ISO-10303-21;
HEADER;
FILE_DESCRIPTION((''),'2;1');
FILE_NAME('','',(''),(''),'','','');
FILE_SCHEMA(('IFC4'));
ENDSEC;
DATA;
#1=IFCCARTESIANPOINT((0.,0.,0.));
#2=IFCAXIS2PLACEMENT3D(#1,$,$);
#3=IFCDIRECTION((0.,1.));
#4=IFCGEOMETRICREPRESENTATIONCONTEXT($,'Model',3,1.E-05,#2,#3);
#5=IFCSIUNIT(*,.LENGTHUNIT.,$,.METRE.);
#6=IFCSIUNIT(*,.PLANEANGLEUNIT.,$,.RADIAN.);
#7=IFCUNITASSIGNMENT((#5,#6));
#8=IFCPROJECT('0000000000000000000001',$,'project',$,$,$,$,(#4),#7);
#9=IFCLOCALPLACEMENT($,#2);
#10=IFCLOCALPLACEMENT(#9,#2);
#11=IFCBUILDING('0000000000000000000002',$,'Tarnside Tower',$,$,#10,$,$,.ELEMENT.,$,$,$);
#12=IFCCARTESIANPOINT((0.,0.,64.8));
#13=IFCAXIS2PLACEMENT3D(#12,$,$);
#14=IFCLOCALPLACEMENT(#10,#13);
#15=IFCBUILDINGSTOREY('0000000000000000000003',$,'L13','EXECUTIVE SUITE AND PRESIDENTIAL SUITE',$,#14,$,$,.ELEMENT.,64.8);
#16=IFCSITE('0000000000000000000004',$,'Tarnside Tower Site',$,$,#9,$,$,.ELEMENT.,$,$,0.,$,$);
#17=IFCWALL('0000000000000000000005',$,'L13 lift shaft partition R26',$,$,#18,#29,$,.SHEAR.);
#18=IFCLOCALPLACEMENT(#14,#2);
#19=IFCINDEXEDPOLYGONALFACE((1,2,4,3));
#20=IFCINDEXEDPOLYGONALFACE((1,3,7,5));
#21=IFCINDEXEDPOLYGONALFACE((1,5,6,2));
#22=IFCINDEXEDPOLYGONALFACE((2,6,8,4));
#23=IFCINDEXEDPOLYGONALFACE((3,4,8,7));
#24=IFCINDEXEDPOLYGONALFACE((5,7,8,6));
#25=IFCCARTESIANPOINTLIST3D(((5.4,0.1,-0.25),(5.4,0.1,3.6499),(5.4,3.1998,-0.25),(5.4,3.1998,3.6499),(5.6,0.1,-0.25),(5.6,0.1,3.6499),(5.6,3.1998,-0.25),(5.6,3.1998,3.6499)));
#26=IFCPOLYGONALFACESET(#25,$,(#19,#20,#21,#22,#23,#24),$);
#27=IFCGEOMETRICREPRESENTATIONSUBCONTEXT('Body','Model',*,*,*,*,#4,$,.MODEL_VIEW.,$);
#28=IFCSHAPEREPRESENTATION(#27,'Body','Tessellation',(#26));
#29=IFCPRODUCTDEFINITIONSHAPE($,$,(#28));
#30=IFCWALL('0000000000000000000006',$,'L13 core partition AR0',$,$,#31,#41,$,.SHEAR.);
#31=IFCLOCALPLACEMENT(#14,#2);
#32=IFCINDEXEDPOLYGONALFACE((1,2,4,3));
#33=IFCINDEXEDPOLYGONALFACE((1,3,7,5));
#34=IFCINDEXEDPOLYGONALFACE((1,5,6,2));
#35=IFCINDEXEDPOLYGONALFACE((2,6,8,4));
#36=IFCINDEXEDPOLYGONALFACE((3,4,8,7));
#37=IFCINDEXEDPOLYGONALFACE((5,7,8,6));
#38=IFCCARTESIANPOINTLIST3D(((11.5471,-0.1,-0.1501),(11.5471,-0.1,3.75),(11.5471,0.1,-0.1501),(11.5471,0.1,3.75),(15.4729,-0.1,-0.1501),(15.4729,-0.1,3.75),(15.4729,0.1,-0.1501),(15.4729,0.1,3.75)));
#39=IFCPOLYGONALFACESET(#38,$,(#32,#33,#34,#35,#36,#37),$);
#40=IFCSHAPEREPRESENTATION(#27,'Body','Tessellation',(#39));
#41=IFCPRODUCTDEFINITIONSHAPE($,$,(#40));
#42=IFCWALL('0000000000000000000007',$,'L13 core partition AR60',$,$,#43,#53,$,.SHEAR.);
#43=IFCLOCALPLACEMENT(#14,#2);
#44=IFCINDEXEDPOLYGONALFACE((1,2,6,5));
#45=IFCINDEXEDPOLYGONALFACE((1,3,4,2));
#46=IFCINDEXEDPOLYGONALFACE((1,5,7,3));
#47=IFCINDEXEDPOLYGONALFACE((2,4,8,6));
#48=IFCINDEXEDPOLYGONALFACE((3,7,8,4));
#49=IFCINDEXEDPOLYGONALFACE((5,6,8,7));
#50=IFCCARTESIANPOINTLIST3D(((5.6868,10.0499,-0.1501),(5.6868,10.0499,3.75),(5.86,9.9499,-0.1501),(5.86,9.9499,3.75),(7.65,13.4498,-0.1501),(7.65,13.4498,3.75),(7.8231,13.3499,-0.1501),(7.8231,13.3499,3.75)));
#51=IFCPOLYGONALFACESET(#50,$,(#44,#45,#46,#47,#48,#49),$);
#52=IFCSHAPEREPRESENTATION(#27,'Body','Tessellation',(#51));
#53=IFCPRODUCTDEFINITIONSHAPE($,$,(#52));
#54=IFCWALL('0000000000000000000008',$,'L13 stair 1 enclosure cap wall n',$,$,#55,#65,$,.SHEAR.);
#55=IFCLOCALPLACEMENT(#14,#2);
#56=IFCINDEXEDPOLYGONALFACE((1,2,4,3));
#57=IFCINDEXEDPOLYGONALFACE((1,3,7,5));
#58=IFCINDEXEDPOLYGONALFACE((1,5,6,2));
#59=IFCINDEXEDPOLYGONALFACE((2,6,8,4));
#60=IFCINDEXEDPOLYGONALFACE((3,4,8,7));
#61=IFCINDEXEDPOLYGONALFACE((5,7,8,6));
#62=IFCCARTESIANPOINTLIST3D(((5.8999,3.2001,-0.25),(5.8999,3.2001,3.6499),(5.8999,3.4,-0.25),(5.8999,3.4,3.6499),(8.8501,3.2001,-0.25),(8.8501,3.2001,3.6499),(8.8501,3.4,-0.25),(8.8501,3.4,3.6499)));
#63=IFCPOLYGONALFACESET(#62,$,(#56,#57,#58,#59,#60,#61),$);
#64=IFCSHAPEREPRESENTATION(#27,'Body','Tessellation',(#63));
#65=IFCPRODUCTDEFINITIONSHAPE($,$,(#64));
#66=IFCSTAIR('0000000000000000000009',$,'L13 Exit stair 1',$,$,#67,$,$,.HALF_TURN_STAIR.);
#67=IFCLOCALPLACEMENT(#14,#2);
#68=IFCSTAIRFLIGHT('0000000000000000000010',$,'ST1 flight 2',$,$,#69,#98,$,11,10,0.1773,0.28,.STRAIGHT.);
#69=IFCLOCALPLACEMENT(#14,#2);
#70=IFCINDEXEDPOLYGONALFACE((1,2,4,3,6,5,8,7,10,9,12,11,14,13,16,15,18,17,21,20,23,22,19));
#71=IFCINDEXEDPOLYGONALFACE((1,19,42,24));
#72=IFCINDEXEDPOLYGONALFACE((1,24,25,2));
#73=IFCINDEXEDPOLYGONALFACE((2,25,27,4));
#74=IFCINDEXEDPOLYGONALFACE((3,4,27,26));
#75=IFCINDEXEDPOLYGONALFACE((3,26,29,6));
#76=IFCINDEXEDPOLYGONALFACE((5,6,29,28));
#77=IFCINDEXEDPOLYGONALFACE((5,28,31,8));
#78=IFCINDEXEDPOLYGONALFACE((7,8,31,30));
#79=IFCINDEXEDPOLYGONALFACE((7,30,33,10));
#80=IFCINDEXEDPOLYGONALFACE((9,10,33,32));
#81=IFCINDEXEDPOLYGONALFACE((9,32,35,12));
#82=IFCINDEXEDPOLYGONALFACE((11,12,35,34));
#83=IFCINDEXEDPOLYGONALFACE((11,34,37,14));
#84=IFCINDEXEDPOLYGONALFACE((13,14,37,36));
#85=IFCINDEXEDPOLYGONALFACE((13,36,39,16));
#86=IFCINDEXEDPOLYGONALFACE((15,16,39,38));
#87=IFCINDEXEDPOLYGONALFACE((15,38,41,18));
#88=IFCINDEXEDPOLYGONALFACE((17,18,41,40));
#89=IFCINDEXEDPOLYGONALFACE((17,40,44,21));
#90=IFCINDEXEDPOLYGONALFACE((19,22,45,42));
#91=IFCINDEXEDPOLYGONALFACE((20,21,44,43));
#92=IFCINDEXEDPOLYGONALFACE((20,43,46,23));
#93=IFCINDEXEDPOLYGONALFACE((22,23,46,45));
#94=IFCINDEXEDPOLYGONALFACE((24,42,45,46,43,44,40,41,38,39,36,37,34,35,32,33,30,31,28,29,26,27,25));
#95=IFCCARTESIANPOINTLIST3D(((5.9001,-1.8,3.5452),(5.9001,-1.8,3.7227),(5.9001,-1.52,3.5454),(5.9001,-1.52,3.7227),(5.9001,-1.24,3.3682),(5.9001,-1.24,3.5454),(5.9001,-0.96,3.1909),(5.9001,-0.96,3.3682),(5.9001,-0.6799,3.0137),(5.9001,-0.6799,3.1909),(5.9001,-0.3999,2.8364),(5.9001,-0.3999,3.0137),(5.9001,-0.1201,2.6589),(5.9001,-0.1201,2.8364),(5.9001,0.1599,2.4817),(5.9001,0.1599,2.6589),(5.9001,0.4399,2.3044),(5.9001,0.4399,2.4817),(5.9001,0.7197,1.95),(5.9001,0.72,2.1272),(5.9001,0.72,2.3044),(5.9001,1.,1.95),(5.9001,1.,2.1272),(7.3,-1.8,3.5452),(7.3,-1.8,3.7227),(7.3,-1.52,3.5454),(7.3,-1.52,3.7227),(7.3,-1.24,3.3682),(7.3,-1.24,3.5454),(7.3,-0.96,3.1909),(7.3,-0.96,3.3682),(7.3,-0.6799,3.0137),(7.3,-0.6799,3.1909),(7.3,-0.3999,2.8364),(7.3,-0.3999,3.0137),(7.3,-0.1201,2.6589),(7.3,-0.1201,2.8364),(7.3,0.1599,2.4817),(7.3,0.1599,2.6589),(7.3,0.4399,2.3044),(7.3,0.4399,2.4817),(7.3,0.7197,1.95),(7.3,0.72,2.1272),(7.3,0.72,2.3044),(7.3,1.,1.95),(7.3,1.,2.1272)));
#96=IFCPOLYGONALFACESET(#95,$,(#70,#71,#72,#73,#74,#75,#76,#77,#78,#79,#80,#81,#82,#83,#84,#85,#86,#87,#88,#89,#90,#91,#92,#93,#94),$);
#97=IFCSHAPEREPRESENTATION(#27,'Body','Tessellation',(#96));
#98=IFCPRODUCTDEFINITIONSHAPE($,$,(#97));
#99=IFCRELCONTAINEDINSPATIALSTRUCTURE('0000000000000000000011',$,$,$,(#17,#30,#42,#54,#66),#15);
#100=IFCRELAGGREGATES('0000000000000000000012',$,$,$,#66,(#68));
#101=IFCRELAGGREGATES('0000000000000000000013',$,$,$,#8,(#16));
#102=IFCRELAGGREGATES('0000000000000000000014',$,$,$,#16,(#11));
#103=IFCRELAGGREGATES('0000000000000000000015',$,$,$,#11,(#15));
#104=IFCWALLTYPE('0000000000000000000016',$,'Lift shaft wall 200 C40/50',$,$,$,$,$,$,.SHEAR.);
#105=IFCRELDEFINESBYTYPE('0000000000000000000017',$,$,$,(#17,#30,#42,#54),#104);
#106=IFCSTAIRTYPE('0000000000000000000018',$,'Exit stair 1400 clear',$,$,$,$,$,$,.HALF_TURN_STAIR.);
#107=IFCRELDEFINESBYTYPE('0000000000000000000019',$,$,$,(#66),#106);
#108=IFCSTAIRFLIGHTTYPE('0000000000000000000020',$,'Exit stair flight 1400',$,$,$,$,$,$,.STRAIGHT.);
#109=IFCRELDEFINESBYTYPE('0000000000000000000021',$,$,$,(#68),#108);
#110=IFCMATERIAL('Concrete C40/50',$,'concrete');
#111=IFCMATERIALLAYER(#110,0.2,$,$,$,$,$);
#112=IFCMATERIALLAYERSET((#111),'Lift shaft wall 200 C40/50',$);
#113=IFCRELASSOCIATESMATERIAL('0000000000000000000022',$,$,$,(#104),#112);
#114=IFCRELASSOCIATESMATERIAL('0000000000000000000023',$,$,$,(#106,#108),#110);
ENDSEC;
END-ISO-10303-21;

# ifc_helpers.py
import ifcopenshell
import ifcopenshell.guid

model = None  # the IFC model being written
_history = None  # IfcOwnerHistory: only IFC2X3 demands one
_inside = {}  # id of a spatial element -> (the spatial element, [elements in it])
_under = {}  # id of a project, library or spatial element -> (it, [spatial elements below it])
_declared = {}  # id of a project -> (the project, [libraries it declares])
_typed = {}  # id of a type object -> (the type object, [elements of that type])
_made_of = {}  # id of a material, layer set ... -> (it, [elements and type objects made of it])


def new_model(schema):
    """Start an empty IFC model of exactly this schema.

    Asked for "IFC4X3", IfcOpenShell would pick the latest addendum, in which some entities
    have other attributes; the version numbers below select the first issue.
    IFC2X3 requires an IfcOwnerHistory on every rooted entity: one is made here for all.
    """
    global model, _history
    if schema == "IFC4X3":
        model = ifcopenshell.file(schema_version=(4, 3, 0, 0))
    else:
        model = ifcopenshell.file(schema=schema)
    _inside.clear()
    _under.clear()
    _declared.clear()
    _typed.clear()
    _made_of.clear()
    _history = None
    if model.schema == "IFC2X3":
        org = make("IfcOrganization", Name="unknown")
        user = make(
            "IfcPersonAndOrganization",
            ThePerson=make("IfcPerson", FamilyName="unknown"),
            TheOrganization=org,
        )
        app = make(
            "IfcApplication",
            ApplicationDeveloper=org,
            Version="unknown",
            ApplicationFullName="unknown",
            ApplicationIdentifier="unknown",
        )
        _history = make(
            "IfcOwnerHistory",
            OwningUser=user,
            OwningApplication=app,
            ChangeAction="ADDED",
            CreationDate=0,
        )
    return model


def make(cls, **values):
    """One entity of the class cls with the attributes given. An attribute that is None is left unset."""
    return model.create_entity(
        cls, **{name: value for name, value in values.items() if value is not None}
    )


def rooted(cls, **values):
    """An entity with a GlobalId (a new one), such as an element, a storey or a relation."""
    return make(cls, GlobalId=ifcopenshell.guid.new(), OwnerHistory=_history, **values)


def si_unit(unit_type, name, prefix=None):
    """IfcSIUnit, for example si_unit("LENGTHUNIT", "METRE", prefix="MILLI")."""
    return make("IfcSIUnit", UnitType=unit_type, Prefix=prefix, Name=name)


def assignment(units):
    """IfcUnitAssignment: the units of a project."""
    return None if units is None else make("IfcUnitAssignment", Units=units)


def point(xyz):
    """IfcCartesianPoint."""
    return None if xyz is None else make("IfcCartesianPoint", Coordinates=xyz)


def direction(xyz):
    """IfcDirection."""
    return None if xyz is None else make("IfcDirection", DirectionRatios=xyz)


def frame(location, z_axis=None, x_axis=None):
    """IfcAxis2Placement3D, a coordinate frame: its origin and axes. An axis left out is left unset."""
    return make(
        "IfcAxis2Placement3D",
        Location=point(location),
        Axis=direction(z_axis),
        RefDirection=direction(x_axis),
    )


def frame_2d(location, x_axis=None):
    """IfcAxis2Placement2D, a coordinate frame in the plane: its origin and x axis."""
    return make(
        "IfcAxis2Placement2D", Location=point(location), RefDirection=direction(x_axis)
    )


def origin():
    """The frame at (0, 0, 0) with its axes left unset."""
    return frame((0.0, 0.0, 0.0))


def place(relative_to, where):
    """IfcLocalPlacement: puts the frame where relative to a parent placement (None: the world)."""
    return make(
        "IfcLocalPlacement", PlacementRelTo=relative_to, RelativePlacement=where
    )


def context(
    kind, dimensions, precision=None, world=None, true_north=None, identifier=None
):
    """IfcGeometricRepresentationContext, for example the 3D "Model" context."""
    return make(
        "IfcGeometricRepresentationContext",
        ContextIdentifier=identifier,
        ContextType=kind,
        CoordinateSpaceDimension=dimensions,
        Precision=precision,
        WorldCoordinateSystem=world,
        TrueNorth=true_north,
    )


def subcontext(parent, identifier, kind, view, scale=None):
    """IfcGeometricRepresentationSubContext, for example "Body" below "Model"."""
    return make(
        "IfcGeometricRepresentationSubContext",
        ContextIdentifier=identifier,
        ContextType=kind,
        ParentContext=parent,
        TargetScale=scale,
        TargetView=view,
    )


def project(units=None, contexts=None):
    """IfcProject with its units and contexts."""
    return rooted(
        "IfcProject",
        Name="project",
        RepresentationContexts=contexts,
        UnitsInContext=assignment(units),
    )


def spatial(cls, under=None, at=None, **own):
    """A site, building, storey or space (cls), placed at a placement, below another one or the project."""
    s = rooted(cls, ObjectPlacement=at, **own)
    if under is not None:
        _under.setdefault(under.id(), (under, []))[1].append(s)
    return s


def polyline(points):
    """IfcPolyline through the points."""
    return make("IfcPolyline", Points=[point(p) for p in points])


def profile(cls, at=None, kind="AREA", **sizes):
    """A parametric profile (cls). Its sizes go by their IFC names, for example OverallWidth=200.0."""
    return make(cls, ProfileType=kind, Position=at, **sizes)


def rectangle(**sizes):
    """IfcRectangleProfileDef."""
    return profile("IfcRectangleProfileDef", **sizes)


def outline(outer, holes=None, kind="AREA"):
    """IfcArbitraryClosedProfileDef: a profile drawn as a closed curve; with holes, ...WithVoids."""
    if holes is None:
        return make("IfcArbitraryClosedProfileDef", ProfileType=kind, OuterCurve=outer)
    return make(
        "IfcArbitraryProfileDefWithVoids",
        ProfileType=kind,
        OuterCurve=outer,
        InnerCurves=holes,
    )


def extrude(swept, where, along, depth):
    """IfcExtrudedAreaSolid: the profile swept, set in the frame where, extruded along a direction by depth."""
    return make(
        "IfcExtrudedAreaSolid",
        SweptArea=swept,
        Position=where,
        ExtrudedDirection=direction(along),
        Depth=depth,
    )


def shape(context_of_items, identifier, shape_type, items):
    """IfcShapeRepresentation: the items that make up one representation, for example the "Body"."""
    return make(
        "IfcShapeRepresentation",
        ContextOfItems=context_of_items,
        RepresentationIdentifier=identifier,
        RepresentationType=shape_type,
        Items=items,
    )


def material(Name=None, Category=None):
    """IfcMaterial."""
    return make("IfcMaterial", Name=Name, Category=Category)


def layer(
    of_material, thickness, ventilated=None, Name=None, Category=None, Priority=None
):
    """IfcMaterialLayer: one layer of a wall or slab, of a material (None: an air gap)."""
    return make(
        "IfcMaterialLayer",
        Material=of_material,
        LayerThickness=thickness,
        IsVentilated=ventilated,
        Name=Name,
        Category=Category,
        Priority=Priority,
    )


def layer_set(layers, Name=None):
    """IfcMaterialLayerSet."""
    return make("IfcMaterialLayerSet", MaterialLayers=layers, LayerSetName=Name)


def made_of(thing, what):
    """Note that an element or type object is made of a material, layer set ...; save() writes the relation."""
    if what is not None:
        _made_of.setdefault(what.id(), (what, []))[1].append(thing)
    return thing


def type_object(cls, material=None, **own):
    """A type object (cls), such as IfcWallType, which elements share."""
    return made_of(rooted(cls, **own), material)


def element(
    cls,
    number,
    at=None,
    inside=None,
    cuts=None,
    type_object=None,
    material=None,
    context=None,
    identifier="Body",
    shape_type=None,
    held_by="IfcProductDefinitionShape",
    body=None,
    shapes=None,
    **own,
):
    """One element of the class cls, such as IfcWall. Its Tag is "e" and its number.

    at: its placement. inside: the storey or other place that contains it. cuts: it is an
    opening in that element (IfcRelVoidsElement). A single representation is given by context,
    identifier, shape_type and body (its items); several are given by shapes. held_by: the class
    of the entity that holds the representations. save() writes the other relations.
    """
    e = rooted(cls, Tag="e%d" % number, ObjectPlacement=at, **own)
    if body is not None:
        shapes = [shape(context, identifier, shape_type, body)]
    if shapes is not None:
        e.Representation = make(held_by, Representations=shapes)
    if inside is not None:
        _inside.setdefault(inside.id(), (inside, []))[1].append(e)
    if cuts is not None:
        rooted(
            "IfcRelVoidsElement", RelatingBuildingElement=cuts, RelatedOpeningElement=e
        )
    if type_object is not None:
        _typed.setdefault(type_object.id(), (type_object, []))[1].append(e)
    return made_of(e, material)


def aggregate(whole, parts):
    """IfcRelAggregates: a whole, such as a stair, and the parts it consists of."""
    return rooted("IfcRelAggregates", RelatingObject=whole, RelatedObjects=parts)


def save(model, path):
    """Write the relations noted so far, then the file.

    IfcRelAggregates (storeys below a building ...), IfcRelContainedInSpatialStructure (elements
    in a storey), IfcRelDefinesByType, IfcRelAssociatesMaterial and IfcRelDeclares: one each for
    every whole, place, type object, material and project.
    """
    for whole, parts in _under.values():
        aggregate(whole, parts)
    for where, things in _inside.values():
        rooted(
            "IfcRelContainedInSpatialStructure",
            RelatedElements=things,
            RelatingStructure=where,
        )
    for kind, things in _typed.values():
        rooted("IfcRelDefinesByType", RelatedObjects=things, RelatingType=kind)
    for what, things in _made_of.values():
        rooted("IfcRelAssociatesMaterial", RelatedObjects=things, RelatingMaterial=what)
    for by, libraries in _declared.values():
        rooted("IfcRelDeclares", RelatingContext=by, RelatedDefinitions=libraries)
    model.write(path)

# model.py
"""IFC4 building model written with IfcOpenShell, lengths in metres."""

from ifc_helpers import new_model, si_unit, direction, frame, frame_2d, origin, place, context, subcontext, project, spatial, polyline, rectangle, outline, extrude, material, layer, layer_set, type_object, element, aggregate, save


model = new_model("IFC4")

# Units and contexts
model_context = context("Model", 3, precision=1e-05, world=origin(), true_north=direction((0.0, 1.0)))
body_context = subcontext(model_context, "Body", "Model", "MODEL_VIEW")
ifc_project = project(units=[si_unit("LENGTHUNIT", "METRE"), si_unit("PLANEANGLEUNIT", "RADIAN")], contexts=[model_context])

# Site, building, storey
site_placement = place(None, origin())
site = spatial("IfcSite", under=ifc_project, at=site_placement, Name="Tarnside Tower Site", CompositionType="ELEMENT", RefElevation=0.0)
building_placement = place(site_placement, origin())
building = spatial("IfcBuilding", under=site, at=building_placement, Name="Tarnside Tower", CompositionType="ELEMENT")
storey_placement = place(building_placement, frame((0.0, 0.0, 64.8)))
storey = spatial("IfcBuildingStorey", under=building, at=storey_placement, Name="L13", Description="EXECUTIVE SUITE AND PRESIDENTIAL SUITE", CompositionType="ELEMENT", Elevation=64.8)

# Shared definitions
ifc_material_1 = material(Name="Concrete C40/50", Category="concrete")

# Walls
ifc_layer_1 = layer(ifc_material_1, 0.2)
ifc_layer_set_1 = layer_set([ifc_layer_1], Name="Lift shaft wall 200 C40/50")
wall_type_1 = type_object("IfcWallType", Name="Lift shaft wall 200 C40/50", PredefinedType="SHEAR", material=ifc_layer_set_1)
for number, where, z_axis, x_axis, name in (
    (1, (5.5, 0.1001, -0.25), (0.0, 0.0, 1.0), (0.0, 1.0, 0.0), "L13 lift shaft partition R26"),
):
    element("IfcWall", number, at=place(storey_placement, frame(where, z_axis=z_axis, x_axis=x_axis)), inside=storey, type_object=wall_type_1, Name=name, PredefinedType="SHEAR", context=body_context, shape_type="SweptSolid", body=[
        extrude(rectangle(XDim=3.0999, YDim=0.2, at=frame_2d((1.5498, 0.0))), origin(), (0.0, 0.0, 1.0), 3.8999),
    ])
wall_1_placement = place(storey_placement, frame((11.5471, 0.0, -0.1501), z_axis=(0.0, 0.0, 1.0), x_axis=(1.0, 0.0, 0.0)))
element("IfcWall", 2, at=wall_1_placement, inside=storey, type_object=wall_type_1, Name="L13 core partition AR0", PredefinedType="SHEAR", context=body_context, shape_type="SweptSolid", body=[
    extrude(rectangle(XDim=3.9258, YDim=0.2, at=frame_2d((1.9629, 0.0))), origin(), (0.0, 0.0, 1.0), 3.9001),
])
wall_2_placement = place(storey_placement, frame((5.7734, 10.0, -0.1501), z_axis=(0.0, 0.0, 1.0), x_axis=(0.500038, 0.866003, 0.0)))
element("IfcWall", 3, at=wall_2_placement, inside=storey, type_object=wall_type_1, Name="L13 core partition AR60", PredefinedType="SHEAR", context=body_context, shape_type="SweptSolid", body=[
    extrude(rectangle(XDim=3.926, YDim=0.2, at=frame_2d((1.9629, 0.0))), origin(), (0.0, 0.0, 1.0), 3.9001),
])
wall_3_placement = place(storey_placement, frame((5.8999, 3.3, -0.25), z_axis=(0.0, 0.0, 1.0), x_axis=(1.0, 0.0, 0.0)))
element("IfcWall", 4, at=wall_3_placement, inside=storey, type_object=wall_type_1, Name="L13 stair 1 enclosure cap wall n", PredefinedType="SHEAR", context=body_context, shape_type="SweptSolid", body=[
    extrude(rectangle(XDim=2.9502, YDim=0.2, at=frame_2d((1.4751, 0.0))), origin(), (0.0, 0.0, 1.0), 3.8999),
])

# Stair, stair flight
stair_type = type_object("IfcStairType", Name="Exit stair 1400 clear", PredefinedType="HALF_TURN_STAIR", material=ifc_material_1)
stair_placement = place(storey_placement, origin())
stair = element("IfcStair", 5, at=stair_placement, inside=storey, type_object=stair_type, Name="L13 Exit stair 1", PredefinedType="HALF_TURN_STAIR")
stair_flight_type = type_object("IfcStairFlightType", Name="Exit stair flight 1400", PredefinedType="STRAIGHT", material=ifc_material_1)
stair_flight_placement = place(storey_placement, frame((6.6001, 1.0, 1.95), z_axis=(0.0, 0.0, 1.0), x_axis=(0.0, -1.0, 0.0)))
stair_flight = element("IfcStairFlight", 6, at=stair_flight_placement, type_object=stair_flight_type, Name="ST1 flight 2", NumberOfRisers=11, NumberOfTreads=10, PredefinedType="STRAIGHT", RiserHeight=0.1773, TreadLength=0.28, context=body_context, shape_type="SweptSolid", body=[
    extrude(outline(polyline([(0.0, 0.0), (0.0, 0.1772), (0.28, 0.1772), (0.28, 0.3545), (0.5601, 0.3545), (0.5601, 0.5317), (0.8401, 0.5317), (0.8401, 0.709), (1.1201, 0.709), (1.1201, 0.8865), (1.3999, 0.8865), (1.3999, 1.0637), (1.6799, 1.0637), (1.6799, 1.241), (1.96, 1.241), (1.96, 1.4182), (2.24, 1.4182), (2.24, 1.5955), (2.52, 1.5955), (2.52, 1.7727), (2.8, 1.7727), (2.8, 1.95), (2.8, 1.5952), (0.2803, 0.0), (0.0, 0.0)])), frame((0.0, 0.7, 0.0), z_axis=(0.0, -1.0, 0.0), x_axis=(1.0, 0.0, 0.0)), (0.0, 0.0, 1.0), 1.3999),
])
aggregate(stair, [stair_flight])

save(model, "model.ifc")
